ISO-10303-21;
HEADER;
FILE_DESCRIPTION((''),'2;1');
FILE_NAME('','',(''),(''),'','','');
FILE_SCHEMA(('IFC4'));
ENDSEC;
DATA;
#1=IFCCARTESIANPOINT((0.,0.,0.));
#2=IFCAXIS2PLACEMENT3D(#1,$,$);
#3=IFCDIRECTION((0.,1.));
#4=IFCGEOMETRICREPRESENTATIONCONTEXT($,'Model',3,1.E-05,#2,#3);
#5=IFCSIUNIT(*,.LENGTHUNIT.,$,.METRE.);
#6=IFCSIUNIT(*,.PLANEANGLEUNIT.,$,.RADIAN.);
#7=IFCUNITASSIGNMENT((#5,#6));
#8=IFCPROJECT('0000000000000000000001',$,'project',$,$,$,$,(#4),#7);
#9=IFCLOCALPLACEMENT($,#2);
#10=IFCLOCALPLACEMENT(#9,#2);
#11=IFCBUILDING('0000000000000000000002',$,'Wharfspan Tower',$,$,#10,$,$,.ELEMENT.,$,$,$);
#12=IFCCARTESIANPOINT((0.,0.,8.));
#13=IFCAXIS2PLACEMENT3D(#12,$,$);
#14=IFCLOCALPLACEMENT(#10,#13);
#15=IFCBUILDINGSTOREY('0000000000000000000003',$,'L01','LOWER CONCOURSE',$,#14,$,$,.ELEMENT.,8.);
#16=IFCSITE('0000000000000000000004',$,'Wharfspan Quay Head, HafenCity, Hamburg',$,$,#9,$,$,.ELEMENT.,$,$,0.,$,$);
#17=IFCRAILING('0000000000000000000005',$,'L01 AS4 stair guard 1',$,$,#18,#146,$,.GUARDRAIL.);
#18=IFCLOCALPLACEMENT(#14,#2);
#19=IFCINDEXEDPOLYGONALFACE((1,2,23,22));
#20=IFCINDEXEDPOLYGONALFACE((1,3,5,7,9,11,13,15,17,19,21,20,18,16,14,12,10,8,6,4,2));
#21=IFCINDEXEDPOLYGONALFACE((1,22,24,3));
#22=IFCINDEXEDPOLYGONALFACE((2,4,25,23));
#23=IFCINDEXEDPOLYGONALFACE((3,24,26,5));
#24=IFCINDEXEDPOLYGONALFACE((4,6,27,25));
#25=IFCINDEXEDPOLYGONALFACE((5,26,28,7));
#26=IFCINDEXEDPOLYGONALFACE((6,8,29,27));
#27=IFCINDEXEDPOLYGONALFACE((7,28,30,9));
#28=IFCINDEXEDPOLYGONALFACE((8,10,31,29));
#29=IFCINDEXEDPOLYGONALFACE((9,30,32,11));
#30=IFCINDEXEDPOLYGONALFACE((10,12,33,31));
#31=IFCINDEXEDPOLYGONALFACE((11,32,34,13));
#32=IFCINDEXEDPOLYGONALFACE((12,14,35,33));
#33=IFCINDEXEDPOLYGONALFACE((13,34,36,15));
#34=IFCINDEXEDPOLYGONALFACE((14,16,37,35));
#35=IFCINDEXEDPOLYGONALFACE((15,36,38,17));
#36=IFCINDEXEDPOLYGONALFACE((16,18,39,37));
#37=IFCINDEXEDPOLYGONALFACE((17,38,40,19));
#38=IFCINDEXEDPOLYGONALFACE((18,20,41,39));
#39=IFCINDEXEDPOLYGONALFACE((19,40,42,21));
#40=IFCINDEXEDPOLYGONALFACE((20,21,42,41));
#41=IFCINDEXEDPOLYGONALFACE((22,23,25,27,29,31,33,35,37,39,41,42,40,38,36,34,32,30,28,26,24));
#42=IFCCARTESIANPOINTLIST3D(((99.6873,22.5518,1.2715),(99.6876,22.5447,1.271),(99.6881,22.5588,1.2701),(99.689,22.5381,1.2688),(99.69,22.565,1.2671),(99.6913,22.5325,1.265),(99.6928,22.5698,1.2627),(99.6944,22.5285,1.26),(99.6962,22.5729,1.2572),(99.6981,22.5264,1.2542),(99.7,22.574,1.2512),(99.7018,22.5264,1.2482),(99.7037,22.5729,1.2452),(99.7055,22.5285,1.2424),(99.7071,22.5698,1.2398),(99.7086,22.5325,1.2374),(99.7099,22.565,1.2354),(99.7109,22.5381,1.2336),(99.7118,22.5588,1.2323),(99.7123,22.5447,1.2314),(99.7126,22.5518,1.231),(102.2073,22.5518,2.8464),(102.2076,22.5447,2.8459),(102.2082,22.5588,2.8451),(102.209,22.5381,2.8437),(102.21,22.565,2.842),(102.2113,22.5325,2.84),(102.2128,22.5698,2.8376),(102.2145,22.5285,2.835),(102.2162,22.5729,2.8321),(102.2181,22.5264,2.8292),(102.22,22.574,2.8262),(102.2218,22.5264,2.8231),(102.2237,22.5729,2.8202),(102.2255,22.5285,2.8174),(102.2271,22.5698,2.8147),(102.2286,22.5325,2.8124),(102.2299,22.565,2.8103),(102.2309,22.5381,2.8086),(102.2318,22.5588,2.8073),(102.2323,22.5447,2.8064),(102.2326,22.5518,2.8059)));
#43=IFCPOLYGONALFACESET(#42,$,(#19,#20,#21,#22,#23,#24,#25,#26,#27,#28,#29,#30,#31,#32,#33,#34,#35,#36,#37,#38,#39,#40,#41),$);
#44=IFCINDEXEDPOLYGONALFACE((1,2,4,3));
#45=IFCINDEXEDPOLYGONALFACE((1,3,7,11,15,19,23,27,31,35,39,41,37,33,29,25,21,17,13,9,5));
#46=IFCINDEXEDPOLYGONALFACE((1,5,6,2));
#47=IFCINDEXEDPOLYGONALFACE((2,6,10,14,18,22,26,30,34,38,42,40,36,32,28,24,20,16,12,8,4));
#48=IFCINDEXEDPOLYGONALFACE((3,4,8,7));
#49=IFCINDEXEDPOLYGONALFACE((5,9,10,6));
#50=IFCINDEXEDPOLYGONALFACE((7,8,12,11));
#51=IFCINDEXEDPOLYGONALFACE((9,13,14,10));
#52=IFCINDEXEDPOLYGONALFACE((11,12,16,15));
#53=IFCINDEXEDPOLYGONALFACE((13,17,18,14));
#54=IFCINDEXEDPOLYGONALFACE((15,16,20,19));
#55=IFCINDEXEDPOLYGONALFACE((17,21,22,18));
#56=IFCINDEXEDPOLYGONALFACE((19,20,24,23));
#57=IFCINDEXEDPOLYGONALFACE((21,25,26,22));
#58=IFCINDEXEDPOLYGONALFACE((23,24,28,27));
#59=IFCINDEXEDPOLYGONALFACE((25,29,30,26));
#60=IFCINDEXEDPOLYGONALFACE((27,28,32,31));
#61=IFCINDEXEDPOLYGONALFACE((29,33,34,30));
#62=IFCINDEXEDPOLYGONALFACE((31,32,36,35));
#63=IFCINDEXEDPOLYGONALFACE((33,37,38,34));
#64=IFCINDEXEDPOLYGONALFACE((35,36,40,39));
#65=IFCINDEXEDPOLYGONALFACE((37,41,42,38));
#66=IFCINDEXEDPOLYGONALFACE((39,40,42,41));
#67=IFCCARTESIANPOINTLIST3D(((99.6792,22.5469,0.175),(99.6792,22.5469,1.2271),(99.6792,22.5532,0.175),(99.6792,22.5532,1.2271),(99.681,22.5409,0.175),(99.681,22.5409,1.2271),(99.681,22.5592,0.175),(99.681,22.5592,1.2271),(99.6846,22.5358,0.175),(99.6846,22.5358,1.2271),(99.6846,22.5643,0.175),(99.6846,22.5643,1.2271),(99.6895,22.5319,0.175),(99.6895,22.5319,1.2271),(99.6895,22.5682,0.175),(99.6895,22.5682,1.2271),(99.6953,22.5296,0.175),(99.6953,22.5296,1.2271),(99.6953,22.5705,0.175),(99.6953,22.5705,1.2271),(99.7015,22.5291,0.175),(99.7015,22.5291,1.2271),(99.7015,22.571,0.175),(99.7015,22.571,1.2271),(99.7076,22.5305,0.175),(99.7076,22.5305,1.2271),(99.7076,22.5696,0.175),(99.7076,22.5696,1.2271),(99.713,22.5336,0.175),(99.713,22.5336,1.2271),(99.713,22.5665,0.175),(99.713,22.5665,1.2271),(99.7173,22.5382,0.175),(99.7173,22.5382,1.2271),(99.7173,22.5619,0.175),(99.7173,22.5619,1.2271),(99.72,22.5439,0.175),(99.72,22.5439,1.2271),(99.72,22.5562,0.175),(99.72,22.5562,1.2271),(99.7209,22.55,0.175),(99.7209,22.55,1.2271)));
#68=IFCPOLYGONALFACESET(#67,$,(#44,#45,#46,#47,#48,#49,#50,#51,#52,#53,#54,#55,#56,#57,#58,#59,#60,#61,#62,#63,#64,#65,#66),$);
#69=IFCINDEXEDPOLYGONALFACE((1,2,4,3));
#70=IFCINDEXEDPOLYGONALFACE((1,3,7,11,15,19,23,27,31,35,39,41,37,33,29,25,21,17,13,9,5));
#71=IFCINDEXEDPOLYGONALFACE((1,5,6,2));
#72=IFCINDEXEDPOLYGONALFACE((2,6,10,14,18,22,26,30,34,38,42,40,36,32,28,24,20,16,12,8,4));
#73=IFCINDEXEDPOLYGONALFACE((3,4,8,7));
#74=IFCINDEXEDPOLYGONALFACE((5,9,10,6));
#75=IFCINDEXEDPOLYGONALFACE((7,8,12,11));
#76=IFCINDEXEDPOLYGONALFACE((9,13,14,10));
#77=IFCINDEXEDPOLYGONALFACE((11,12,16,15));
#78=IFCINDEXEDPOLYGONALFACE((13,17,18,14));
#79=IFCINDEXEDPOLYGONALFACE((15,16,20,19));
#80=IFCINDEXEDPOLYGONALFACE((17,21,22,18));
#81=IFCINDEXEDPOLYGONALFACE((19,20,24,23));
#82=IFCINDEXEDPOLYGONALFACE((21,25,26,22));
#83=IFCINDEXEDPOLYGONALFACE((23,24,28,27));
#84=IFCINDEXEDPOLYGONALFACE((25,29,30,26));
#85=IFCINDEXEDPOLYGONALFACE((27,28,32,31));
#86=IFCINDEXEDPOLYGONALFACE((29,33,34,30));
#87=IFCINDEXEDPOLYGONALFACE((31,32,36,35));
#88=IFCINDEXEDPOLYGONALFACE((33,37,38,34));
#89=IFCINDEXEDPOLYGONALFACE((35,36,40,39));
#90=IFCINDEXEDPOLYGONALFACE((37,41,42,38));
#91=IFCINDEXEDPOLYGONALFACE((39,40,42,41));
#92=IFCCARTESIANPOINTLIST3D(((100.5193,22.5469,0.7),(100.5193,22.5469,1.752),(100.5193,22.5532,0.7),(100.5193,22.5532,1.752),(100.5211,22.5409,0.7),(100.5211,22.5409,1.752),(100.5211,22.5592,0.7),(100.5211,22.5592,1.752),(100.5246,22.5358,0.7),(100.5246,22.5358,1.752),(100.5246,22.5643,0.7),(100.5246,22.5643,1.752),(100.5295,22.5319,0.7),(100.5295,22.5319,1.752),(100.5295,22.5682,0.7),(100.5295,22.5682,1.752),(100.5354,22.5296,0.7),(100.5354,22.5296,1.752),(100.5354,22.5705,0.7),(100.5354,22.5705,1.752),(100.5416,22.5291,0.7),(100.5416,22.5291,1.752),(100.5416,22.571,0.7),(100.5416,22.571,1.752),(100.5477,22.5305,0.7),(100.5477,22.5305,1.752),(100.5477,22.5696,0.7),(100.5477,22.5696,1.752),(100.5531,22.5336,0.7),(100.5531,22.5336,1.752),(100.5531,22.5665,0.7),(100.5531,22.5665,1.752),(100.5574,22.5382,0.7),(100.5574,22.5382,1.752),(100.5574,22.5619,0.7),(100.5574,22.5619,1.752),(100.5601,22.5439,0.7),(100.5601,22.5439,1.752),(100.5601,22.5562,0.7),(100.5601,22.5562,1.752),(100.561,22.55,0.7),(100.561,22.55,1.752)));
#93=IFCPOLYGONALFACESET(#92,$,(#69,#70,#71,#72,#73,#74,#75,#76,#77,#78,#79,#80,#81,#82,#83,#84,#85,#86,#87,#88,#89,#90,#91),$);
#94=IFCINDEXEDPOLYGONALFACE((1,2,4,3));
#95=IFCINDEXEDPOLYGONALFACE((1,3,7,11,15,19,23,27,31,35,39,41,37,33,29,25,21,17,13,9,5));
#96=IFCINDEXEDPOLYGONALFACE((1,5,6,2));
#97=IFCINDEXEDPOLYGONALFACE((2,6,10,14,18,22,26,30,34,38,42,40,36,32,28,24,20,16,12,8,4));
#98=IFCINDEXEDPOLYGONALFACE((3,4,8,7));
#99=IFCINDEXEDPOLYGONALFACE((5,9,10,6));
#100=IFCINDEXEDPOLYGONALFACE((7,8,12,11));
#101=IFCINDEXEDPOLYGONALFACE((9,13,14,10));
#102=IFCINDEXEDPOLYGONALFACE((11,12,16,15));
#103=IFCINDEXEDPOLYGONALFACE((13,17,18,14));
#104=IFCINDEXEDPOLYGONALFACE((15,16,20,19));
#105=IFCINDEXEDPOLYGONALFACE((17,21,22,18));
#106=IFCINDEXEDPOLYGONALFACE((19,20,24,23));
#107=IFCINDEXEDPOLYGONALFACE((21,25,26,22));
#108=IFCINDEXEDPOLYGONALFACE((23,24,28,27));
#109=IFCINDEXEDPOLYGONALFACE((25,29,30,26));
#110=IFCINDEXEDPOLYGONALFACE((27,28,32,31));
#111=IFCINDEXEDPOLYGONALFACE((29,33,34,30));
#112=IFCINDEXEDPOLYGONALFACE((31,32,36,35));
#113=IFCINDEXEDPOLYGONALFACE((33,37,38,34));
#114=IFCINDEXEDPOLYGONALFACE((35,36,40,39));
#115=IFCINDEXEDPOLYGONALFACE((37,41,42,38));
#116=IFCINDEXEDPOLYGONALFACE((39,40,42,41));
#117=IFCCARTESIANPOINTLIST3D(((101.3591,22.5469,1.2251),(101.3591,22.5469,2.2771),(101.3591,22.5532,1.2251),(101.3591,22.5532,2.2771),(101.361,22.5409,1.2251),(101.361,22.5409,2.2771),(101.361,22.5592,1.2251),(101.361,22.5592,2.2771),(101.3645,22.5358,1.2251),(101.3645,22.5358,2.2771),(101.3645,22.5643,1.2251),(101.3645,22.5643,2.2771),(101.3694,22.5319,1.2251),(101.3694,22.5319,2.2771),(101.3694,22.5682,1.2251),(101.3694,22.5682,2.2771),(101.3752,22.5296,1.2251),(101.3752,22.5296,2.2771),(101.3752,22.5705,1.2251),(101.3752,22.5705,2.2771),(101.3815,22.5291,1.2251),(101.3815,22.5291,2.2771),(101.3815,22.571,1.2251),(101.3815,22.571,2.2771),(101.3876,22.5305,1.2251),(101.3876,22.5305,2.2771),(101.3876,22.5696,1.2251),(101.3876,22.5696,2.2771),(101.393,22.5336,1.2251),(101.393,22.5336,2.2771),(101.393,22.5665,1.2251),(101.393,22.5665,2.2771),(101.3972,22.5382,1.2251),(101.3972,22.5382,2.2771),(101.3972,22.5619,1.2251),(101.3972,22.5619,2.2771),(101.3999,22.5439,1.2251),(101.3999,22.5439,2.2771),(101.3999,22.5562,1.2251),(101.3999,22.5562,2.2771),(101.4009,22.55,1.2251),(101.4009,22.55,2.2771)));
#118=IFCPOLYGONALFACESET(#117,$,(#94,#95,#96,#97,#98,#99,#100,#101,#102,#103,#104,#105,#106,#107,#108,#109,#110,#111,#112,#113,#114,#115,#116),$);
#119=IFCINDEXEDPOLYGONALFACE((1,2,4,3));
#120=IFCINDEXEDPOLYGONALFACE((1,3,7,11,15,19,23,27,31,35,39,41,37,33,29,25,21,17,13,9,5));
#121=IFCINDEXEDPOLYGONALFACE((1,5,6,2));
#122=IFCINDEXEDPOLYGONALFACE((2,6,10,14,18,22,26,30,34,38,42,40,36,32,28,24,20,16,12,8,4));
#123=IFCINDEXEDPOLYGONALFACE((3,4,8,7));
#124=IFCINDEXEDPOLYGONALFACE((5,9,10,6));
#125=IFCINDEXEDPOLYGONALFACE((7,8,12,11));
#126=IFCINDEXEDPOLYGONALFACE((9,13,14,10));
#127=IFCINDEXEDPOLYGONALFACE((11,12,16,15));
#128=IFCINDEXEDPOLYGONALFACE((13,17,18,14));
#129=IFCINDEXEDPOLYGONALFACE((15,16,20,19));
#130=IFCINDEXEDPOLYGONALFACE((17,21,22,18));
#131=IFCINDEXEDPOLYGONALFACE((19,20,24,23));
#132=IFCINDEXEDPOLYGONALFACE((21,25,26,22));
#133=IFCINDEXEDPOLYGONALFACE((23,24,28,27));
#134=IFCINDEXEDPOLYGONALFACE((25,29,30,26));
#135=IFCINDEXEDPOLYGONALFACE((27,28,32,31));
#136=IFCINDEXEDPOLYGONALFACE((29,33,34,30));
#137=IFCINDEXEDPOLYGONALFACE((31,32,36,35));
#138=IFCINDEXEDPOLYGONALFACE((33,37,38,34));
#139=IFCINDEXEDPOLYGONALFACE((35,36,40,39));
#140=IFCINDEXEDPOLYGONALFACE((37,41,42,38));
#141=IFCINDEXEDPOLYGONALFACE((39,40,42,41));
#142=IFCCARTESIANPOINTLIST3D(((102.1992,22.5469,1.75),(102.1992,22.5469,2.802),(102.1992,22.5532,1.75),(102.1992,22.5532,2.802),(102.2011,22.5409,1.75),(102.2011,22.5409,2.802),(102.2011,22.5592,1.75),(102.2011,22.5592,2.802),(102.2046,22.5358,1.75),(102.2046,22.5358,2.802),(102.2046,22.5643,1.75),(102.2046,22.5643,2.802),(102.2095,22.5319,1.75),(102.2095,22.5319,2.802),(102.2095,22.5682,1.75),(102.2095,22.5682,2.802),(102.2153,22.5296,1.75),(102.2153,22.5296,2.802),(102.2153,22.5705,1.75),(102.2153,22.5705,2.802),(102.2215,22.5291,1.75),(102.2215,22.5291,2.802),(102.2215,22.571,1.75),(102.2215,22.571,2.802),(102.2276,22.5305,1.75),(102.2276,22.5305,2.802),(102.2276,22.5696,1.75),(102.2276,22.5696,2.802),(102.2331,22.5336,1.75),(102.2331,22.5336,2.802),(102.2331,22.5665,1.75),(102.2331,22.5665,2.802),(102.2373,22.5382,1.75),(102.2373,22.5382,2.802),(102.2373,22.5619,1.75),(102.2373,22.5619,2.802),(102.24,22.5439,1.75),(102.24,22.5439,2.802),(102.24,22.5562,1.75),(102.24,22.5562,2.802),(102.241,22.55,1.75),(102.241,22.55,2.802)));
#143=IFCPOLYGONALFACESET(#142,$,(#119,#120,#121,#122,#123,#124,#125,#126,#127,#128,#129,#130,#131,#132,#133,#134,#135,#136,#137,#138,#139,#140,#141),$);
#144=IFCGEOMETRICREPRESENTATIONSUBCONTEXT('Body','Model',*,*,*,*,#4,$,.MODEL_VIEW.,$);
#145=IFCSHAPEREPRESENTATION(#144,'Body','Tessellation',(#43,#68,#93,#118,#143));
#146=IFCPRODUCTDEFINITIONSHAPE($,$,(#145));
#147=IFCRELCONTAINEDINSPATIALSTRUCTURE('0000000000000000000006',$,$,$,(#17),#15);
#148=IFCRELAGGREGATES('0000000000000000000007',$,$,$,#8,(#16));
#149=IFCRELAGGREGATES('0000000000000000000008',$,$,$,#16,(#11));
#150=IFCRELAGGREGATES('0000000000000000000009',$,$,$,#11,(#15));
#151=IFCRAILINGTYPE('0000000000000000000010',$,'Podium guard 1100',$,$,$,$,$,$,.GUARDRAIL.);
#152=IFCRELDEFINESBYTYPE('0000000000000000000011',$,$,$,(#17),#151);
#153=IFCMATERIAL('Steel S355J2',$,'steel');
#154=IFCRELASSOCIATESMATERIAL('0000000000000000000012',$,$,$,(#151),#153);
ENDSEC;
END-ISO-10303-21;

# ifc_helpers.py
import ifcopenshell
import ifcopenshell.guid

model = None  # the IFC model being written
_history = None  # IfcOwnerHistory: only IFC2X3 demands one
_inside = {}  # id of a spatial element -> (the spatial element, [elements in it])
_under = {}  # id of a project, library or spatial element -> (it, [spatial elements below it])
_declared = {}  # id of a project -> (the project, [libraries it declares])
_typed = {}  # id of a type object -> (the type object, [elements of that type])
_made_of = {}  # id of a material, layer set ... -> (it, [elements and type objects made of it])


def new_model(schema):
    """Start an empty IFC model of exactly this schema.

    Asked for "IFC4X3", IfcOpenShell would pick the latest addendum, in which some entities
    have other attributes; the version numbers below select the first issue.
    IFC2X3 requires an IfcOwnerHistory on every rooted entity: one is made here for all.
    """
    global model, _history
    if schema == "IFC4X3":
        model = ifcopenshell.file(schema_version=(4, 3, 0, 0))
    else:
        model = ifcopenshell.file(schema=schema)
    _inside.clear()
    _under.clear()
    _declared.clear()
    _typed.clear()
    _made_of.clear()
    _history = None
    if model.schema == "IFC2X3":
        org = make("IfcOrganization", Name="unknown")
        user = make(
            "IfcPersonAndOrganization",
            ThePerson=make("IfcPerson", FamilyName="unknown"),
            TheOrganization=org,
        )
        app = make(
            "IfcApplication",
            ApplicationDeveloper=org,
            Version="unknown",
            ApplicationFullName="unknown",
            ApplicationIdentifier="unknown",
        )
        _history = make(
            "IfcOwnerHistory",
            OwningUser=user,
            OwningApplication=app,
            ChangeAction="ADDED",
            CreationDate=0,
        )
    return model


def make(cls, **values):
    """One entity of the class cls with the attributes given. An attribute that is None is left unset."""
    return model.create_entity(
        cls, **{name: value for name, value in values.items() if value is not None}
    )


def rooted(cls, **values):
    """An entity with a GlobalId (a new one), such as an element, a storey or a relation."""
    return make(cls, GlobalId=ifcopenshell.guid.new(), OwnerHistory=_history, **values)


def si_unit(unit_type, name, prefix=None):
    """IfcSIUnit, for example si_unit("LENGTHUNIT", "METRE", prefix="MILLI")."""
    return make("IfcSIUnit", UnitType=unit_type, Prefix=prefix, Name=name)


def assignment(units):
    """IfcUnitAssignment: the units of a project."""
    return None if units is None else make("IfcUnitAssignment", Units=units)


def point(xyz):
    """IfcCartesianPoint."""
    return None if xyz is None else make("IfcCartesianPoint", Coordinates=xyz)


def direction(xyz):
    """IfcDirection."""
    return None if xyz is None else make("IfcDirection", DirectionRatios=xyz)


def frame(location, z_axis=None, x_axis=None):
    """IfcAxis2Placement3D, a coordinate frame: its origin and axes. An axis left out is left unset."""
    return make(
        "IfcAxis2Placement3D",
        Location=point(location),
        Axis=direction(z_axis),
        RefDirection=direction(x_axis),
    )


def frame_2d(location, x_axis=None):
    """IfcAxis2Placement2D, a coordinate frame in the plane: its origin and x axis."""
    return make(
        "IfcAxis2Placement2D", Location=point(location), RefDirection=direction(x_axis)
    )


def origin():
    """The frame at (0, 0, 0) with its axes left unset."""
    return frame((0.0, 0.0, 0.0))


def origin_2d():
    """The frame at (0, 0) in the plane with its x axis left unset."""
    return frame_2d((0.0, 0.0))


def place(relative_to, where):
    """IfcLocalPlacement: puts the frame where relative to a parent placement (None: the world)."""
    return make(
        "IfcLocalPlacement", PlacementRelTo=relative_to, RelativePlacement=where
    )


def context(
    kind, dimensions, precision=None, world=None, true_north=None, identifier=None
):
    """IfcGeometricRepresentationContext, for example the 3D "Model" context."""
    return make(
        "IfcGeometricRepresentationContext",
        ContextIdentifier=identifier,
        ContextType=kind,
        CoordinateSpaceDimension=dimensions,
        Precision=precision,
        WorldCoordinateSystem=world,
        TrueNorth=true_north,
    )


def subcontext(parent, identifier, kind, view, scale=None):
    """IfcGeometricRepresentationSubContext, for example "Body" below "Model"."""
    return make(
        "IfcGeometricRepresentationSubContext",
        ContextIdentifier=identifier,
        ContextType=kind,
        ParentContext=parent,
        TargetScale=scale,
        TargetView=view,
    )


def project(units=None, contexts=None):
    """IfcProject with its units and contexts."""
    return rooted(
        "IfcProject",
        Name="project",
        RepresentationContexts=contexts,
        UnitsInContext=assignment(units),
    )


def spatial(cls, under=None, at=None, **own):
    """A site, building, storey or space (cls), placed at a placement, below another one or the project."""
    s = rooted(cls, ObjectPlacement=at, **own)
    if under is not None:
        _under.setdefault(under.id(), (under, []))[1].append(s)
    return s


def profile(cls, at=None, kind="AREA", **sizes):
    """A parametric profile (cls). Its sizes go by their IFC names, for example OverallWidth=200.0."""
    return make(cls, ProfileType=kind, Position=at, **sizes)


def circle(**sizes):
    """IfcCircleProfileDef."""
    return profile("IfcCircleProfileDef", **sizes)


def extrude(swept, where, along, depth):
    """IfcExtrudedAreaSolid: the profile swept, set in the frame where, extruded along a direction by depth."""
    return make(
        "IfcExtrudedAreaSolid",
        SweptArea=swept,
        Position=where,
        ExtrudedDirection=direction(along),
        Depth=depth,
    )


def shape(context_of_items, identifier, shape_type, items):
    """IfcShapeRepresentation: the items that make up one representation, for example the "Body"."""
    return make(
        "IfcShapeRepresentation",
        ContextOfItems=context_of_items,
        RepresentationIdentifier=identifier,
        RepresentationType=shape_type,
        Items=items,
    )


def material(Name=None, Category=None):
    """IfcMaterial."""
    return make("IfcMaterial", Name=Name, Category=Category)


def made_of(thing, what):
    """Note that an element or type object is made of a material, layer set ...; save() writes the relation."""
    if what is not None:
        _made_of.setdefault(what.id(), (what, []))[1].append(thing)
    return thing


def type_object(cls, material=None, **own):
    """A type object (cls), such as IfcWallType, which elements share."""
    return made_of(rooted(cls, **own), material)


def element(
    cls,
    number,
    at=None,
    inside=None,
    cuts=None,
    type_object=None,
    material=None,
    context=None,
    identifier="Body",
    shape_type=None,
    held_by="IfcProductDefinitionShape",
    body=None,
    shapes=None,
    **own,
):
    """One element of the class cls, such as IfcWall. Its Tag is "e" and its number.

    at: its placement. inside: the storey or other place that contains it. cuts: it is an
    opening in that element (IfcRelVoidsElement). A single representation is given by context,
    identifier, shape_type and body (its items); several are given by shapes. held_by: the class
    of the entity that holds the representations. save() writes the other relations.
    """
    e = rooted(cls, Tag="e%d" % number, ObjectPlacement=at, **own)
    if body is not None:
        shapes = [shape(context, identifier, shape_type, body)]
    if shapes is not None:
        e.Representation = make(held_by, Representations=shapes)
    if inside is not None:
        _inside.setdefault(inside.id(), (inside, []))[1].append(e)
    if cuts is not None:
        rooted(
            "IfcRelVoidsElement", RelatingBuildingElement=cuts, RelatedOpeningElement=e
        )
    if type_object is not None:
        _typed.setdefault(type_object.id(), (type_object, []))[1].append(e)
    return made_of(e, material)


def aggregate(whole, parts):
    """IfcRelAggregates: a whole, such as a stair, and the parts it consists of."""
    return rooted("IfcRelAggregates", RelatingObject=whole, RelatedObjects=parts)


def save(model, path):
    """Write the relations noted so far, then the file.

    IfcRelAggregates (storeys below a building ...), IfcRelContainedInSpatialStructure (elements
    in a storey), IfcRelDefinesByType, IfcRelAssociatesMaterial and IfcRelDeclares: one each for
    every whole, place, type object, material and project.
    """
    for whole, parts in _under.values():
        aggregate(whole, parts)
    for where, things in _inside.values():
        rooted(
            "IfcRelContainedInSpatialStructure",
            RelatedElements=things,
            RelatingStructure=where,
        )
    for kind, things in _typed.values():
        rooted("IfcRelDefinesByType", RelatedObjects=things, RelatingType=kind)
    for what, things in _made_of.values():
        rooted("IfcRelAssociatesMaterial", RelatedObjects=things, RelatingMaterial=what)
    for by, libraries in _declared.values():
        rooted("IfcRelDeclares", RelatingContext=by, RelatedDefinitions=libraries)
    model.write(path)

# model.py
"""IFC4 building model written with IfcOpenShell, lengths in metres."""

from ifc_helpers import new_model, si_unit, direction, frame, origin, origin_2d, place, context, subcontext, project, spatial, circle, extrude, material, type_object, element, save


model = new_model("IFC4")

# Units and contexts
model_context = context("Model", 3, precision=1e-05, world=origin(), true_north=direction((0.0, 1.0)))
body_context = subcontext(model_context, "Body", "Model", "MODEL_VIEW")
ifc_project = project(units=[si_unit("LENGTHUNIT", "METRE"), si_unit("PLANEANGLEUNIT", "RADIAN")], contexts=[model_context])

# Site, building, storey
site_placement = place(None, origin())
site = spatial("IfcSite", under=ifc_project, at=site_placement, Name="Wharfspan Quay Head, HafenCity, Hamburg", CompositionType="ELEMENT", RefElevation=0.0)
building_placement = place(site_placement, origin())
building = spatial("IfcBuilding", under=site, at=building_placement, Name="Wharfspan Tower", CompositionType="ELEMENT")
storey_placement = place(building_placement, frame((0.0, 0.0, 8.0)))
storey = spatial("IfcBuildingStorey", under=building, at=storey_placement, Name="L01", Description="LOWER CONCOURSE", CompositionType="ELEMENT", Elevation=8.0)

# Railing
ifc_material_1 = material(Name="Steel S355J2", Category="steel")
railing_type_1 = type_object("IfcRailingType", Name="Podium guard 1100", PredefinedType="GUARDRAIL", material=ifc_material_1)
railing_1_placement = place(storey_placement, frame((99.7, 22.55, 0.175)))
element("IfcRailing", 1, at=railing_1_placement, inside=storey, type_object=railing_type_1, Name="L01 AS4 stair guard 1", PredefinedType="GUARDRAIL", context=body_context, shape_type="SweptSolid", body=[
    extrude(circle(Radius=0.0239, at=origin_2d()), frame((0.0, 0.0, 1.0762), z_axis=(0.848008, 0.0, 0.529984), x_axis=(0.0, 1.0, 0.0)), (0.0, 0.0, 1.0), 2.9717),
    extrude(circle(Radius=0.021, at=origin_2d()), origin(), (0.0, 0.0, 1.0), 1.052),
    extrude(circle(Radius=0.021, at=origin_2d()), frame((0.8401, 0.0, 0.5249)), (0.0, 0.0, 1.0), 1.052),
    extrude(circle(Radius=0.021, at=origin_2d()), frame((1.6799, 0.0, 1.05)), (0.0, 0.0, 1.0), 1.052),
    extrude(circle(Radius=0.021, at=origin_2d()), frame((2.52, 0.0, 1.575)), (0.0, 0.0, 1.0), 1.052),
])

save(model, "model.ifc")
